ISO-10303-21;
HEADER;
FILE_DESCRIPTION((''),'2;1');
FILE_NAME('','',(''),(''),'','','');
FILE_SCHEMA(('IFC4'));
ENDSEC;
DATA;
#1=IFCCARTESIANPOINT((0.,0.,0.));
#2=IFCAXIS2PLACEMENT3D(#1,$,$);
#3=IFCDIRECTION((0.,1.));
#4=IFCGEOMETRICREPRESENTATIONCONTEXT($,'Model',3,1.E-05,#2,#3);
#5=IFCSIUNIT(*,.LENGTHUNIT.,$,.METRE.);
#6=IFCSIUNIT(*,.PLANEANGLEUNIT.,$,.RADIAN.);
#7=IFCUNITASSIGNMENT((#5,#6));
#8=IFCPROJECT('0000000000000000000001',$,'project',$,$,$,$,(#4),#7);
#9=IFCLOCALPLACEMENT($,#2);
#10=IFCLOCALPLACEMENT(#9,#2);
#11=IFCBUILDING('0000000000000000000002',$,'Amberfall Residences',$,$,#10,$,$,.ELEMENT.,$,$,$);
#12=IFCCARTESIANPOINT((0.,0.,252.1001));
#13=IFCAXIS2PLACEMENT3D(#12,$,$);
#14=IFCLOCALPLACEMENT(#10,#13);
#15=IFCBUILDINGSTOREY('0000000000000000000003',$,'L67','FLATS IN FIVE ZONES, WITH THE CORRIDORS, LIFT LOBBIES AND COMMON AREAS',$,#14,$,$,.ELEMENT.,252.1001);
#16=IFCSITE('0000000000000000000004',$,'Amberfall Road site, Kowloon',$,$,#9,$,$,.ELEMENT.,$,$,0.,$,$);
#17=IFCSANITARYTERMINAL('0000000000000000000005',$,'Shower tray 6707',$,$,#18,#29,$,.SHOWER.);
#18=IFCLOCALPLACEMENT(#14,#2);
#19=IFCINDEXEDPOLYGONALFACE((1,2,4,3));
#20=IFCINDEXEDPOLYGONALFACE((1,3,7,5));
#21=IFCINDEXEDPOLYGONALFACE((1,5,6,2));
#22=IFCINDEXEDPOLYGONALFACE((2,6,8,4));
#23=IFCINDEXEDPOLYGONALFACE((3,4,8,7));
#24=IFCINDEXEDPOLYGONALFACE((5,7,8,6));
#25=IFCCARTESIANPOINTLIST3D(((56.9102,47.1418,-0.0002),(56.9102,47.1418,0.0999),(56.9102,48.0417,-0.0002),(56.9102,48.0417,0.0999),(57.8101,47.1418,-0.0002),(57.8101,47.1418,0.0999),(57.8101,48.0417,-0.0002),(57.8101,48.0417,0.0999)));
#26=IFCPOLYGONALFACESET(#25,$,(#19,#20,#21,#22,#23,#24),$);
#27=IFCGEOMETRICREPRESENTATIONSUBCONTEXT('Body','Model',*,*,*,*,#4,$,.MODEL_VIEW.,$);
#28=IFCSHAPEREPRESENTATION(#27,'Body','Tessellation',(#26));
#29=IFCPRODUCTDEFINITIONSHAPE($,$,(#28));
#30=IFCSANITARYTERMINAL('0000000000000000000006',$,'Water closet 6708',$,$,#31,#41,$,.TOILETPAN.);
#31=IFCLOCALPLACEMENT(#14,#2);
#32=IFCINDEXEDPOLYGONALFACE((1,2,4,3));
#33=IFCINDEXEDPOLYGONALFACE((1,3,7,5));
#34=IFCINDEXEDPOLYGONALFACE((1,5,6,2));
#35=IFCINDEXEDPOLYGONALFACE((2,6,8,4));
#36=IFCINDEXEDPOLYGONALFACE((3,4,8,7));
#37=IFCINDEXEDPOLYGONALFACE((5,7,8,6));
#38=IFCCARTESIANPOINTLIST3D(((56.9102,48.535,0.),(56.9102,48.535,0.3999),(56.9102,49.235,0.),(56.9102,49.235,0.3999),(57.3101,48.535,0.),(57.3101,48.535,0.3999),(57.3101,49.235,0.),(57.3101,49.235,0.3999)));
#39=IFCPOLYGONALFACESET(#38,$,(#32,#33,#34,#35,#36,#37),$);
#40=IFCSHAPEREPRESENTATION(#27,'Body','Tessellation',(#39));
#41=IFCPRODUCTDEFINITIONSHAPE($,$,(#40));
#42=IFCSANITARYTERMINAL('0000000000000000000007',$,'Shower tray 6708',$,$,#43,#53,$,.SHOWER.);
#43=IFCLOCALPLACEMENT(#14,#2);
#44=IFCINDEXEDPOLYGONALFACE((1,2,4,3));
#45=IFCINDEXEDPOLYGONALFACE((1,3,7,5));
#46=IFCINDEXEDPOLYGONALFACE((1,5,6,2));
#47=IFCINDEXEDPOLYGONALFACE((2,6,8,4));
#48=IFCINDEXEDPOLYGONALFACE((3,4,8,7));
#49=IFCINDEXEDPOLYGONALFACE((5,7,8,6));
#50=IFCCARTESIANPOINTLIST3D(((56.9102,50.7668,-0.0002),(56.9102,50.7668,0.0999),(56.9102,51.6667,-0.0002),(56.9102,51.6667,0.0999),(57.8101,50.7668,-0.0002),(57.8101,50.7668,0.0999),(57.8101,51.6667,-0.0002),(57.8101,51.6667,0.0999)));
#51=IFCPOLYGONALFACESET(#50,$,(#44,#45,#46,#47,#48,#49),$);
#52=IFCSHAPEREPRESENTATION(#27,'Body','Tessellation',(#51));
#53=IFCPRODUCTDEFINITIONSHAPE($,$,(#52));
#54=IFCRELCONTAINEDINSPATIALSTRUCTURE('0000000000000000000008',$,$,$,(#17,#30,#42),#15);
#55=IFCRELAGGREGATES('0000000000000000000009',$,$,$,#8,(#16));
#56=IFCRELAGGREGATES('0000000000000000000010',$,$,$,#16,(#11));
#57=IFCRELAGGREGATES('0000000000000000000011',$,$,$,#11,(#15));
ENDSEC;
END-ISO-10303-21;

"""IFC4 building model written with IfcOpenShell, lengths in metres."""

from ifc_helpers import new_model, si_unit, direction, frame, origin, origin_2d, place, context, subcontext, project, spatial, rectangle, extrude, element, save


model = new_model("IFC4")

# Units and contexts
model_context = context("Model", 3, precision=1e-05, world=origin(), true_north=direction((0.0, 1.0)))
body_context = subcontext(model_context, "Body", "Model", "MODEL_VIEW")
ifc_project = project(units=[si_unit("LENGTHUNIT", "METRE"), si_unit("PLANEANGLEUNIT", "RADIAN")], contexts=[model_context])

# Site, building, storey
site_placement = place(None, origin())
site = spatial("IfcSite", under=ifc_project, at=site_placement, Name="Amberfall Road site, Kowloon", CompositionType="ELEMENT", RefElevation=0.0)
building_placement = place(site_placement, origin())
building = spatial("IfcBuilding", under=site, at=building_placement, Name="Amberfall Residences", CompositionType="ELEMENT")
storey_placement = place(building_placement, frame((0.0, 0.0, 252.1001)))
storey = spatial("IfcBuildingStorey", under=building, at=storey_placement, Name="L67", Description="FLATS IN FIVE ZONES, WITH THE CORRIDORS, LIFT LOBBIES AND COMMON AREAS", CompositionType="ELEMENT", Elevation=252.1001)

# Sanitary terminals
sanitary_terminal_1_placement = place(storey_placement, frame((57.3601, 47.5918, -0.0002), z_axis=(0.0, 0.0, 1.0), x_axis=(1.0, 0.0, 0.0)))
element("IfcSanitaryTerminal", 1, at=sanitary_terminal_1_placement, inside=storey, Name="Shower tray 6707", PredefinedType="SHOWER", context=body_context, shape_type="SweptSolid", body=[
    extrude(rectangle(XDim=0.8999, YDim=0.8999, at=origin_2d()), origin(), (0.0, 0.0, 1.0), 0.1001),
])
sanitary_terminal_2_placement = place(storey_placement, frame((57.1101, 48.885, 0.0), z_axis=(0.0, 0.0, 1.0), x_axis=(1.0, 0.0, 0.0)))
element("IfcSanitaryTerminal", 2, at=sanitary_terminal_2_placement, inside=storey, Name="Water closet 6708", PredefinedType="TOILETPAN", context=body_context, shape_type="SweptSolid", body=[
    extrude(rectangle(XDim=0.3999, YDim=0.7, at=origin_2d()), origin(), (0.0, 0.0, 1.0), 0.3999),
])
sanitary_terminal_3_placement = place(storey_placement, frame((57.3601, 51.2168, -0.0002), z_axis=(0.0, 0.0, 1.0), x_axis=(1.0, 0.0, 0.0)))
element("IfcSanitaryTerminal", 3, at=sanitary_terminal_3_placement, inside=storey, Name="Shower tray 6708", PredefinedType="SHOWER", context=body_context, shape_type="SweptSolid", body=[
    extrude(rectangle(XDim=0.8999, YDim=0.8999, at=origin_2d()), origin(), (0.0, 0.0, 1.0), 0.1001),
])

save(model, "model.ifc")
